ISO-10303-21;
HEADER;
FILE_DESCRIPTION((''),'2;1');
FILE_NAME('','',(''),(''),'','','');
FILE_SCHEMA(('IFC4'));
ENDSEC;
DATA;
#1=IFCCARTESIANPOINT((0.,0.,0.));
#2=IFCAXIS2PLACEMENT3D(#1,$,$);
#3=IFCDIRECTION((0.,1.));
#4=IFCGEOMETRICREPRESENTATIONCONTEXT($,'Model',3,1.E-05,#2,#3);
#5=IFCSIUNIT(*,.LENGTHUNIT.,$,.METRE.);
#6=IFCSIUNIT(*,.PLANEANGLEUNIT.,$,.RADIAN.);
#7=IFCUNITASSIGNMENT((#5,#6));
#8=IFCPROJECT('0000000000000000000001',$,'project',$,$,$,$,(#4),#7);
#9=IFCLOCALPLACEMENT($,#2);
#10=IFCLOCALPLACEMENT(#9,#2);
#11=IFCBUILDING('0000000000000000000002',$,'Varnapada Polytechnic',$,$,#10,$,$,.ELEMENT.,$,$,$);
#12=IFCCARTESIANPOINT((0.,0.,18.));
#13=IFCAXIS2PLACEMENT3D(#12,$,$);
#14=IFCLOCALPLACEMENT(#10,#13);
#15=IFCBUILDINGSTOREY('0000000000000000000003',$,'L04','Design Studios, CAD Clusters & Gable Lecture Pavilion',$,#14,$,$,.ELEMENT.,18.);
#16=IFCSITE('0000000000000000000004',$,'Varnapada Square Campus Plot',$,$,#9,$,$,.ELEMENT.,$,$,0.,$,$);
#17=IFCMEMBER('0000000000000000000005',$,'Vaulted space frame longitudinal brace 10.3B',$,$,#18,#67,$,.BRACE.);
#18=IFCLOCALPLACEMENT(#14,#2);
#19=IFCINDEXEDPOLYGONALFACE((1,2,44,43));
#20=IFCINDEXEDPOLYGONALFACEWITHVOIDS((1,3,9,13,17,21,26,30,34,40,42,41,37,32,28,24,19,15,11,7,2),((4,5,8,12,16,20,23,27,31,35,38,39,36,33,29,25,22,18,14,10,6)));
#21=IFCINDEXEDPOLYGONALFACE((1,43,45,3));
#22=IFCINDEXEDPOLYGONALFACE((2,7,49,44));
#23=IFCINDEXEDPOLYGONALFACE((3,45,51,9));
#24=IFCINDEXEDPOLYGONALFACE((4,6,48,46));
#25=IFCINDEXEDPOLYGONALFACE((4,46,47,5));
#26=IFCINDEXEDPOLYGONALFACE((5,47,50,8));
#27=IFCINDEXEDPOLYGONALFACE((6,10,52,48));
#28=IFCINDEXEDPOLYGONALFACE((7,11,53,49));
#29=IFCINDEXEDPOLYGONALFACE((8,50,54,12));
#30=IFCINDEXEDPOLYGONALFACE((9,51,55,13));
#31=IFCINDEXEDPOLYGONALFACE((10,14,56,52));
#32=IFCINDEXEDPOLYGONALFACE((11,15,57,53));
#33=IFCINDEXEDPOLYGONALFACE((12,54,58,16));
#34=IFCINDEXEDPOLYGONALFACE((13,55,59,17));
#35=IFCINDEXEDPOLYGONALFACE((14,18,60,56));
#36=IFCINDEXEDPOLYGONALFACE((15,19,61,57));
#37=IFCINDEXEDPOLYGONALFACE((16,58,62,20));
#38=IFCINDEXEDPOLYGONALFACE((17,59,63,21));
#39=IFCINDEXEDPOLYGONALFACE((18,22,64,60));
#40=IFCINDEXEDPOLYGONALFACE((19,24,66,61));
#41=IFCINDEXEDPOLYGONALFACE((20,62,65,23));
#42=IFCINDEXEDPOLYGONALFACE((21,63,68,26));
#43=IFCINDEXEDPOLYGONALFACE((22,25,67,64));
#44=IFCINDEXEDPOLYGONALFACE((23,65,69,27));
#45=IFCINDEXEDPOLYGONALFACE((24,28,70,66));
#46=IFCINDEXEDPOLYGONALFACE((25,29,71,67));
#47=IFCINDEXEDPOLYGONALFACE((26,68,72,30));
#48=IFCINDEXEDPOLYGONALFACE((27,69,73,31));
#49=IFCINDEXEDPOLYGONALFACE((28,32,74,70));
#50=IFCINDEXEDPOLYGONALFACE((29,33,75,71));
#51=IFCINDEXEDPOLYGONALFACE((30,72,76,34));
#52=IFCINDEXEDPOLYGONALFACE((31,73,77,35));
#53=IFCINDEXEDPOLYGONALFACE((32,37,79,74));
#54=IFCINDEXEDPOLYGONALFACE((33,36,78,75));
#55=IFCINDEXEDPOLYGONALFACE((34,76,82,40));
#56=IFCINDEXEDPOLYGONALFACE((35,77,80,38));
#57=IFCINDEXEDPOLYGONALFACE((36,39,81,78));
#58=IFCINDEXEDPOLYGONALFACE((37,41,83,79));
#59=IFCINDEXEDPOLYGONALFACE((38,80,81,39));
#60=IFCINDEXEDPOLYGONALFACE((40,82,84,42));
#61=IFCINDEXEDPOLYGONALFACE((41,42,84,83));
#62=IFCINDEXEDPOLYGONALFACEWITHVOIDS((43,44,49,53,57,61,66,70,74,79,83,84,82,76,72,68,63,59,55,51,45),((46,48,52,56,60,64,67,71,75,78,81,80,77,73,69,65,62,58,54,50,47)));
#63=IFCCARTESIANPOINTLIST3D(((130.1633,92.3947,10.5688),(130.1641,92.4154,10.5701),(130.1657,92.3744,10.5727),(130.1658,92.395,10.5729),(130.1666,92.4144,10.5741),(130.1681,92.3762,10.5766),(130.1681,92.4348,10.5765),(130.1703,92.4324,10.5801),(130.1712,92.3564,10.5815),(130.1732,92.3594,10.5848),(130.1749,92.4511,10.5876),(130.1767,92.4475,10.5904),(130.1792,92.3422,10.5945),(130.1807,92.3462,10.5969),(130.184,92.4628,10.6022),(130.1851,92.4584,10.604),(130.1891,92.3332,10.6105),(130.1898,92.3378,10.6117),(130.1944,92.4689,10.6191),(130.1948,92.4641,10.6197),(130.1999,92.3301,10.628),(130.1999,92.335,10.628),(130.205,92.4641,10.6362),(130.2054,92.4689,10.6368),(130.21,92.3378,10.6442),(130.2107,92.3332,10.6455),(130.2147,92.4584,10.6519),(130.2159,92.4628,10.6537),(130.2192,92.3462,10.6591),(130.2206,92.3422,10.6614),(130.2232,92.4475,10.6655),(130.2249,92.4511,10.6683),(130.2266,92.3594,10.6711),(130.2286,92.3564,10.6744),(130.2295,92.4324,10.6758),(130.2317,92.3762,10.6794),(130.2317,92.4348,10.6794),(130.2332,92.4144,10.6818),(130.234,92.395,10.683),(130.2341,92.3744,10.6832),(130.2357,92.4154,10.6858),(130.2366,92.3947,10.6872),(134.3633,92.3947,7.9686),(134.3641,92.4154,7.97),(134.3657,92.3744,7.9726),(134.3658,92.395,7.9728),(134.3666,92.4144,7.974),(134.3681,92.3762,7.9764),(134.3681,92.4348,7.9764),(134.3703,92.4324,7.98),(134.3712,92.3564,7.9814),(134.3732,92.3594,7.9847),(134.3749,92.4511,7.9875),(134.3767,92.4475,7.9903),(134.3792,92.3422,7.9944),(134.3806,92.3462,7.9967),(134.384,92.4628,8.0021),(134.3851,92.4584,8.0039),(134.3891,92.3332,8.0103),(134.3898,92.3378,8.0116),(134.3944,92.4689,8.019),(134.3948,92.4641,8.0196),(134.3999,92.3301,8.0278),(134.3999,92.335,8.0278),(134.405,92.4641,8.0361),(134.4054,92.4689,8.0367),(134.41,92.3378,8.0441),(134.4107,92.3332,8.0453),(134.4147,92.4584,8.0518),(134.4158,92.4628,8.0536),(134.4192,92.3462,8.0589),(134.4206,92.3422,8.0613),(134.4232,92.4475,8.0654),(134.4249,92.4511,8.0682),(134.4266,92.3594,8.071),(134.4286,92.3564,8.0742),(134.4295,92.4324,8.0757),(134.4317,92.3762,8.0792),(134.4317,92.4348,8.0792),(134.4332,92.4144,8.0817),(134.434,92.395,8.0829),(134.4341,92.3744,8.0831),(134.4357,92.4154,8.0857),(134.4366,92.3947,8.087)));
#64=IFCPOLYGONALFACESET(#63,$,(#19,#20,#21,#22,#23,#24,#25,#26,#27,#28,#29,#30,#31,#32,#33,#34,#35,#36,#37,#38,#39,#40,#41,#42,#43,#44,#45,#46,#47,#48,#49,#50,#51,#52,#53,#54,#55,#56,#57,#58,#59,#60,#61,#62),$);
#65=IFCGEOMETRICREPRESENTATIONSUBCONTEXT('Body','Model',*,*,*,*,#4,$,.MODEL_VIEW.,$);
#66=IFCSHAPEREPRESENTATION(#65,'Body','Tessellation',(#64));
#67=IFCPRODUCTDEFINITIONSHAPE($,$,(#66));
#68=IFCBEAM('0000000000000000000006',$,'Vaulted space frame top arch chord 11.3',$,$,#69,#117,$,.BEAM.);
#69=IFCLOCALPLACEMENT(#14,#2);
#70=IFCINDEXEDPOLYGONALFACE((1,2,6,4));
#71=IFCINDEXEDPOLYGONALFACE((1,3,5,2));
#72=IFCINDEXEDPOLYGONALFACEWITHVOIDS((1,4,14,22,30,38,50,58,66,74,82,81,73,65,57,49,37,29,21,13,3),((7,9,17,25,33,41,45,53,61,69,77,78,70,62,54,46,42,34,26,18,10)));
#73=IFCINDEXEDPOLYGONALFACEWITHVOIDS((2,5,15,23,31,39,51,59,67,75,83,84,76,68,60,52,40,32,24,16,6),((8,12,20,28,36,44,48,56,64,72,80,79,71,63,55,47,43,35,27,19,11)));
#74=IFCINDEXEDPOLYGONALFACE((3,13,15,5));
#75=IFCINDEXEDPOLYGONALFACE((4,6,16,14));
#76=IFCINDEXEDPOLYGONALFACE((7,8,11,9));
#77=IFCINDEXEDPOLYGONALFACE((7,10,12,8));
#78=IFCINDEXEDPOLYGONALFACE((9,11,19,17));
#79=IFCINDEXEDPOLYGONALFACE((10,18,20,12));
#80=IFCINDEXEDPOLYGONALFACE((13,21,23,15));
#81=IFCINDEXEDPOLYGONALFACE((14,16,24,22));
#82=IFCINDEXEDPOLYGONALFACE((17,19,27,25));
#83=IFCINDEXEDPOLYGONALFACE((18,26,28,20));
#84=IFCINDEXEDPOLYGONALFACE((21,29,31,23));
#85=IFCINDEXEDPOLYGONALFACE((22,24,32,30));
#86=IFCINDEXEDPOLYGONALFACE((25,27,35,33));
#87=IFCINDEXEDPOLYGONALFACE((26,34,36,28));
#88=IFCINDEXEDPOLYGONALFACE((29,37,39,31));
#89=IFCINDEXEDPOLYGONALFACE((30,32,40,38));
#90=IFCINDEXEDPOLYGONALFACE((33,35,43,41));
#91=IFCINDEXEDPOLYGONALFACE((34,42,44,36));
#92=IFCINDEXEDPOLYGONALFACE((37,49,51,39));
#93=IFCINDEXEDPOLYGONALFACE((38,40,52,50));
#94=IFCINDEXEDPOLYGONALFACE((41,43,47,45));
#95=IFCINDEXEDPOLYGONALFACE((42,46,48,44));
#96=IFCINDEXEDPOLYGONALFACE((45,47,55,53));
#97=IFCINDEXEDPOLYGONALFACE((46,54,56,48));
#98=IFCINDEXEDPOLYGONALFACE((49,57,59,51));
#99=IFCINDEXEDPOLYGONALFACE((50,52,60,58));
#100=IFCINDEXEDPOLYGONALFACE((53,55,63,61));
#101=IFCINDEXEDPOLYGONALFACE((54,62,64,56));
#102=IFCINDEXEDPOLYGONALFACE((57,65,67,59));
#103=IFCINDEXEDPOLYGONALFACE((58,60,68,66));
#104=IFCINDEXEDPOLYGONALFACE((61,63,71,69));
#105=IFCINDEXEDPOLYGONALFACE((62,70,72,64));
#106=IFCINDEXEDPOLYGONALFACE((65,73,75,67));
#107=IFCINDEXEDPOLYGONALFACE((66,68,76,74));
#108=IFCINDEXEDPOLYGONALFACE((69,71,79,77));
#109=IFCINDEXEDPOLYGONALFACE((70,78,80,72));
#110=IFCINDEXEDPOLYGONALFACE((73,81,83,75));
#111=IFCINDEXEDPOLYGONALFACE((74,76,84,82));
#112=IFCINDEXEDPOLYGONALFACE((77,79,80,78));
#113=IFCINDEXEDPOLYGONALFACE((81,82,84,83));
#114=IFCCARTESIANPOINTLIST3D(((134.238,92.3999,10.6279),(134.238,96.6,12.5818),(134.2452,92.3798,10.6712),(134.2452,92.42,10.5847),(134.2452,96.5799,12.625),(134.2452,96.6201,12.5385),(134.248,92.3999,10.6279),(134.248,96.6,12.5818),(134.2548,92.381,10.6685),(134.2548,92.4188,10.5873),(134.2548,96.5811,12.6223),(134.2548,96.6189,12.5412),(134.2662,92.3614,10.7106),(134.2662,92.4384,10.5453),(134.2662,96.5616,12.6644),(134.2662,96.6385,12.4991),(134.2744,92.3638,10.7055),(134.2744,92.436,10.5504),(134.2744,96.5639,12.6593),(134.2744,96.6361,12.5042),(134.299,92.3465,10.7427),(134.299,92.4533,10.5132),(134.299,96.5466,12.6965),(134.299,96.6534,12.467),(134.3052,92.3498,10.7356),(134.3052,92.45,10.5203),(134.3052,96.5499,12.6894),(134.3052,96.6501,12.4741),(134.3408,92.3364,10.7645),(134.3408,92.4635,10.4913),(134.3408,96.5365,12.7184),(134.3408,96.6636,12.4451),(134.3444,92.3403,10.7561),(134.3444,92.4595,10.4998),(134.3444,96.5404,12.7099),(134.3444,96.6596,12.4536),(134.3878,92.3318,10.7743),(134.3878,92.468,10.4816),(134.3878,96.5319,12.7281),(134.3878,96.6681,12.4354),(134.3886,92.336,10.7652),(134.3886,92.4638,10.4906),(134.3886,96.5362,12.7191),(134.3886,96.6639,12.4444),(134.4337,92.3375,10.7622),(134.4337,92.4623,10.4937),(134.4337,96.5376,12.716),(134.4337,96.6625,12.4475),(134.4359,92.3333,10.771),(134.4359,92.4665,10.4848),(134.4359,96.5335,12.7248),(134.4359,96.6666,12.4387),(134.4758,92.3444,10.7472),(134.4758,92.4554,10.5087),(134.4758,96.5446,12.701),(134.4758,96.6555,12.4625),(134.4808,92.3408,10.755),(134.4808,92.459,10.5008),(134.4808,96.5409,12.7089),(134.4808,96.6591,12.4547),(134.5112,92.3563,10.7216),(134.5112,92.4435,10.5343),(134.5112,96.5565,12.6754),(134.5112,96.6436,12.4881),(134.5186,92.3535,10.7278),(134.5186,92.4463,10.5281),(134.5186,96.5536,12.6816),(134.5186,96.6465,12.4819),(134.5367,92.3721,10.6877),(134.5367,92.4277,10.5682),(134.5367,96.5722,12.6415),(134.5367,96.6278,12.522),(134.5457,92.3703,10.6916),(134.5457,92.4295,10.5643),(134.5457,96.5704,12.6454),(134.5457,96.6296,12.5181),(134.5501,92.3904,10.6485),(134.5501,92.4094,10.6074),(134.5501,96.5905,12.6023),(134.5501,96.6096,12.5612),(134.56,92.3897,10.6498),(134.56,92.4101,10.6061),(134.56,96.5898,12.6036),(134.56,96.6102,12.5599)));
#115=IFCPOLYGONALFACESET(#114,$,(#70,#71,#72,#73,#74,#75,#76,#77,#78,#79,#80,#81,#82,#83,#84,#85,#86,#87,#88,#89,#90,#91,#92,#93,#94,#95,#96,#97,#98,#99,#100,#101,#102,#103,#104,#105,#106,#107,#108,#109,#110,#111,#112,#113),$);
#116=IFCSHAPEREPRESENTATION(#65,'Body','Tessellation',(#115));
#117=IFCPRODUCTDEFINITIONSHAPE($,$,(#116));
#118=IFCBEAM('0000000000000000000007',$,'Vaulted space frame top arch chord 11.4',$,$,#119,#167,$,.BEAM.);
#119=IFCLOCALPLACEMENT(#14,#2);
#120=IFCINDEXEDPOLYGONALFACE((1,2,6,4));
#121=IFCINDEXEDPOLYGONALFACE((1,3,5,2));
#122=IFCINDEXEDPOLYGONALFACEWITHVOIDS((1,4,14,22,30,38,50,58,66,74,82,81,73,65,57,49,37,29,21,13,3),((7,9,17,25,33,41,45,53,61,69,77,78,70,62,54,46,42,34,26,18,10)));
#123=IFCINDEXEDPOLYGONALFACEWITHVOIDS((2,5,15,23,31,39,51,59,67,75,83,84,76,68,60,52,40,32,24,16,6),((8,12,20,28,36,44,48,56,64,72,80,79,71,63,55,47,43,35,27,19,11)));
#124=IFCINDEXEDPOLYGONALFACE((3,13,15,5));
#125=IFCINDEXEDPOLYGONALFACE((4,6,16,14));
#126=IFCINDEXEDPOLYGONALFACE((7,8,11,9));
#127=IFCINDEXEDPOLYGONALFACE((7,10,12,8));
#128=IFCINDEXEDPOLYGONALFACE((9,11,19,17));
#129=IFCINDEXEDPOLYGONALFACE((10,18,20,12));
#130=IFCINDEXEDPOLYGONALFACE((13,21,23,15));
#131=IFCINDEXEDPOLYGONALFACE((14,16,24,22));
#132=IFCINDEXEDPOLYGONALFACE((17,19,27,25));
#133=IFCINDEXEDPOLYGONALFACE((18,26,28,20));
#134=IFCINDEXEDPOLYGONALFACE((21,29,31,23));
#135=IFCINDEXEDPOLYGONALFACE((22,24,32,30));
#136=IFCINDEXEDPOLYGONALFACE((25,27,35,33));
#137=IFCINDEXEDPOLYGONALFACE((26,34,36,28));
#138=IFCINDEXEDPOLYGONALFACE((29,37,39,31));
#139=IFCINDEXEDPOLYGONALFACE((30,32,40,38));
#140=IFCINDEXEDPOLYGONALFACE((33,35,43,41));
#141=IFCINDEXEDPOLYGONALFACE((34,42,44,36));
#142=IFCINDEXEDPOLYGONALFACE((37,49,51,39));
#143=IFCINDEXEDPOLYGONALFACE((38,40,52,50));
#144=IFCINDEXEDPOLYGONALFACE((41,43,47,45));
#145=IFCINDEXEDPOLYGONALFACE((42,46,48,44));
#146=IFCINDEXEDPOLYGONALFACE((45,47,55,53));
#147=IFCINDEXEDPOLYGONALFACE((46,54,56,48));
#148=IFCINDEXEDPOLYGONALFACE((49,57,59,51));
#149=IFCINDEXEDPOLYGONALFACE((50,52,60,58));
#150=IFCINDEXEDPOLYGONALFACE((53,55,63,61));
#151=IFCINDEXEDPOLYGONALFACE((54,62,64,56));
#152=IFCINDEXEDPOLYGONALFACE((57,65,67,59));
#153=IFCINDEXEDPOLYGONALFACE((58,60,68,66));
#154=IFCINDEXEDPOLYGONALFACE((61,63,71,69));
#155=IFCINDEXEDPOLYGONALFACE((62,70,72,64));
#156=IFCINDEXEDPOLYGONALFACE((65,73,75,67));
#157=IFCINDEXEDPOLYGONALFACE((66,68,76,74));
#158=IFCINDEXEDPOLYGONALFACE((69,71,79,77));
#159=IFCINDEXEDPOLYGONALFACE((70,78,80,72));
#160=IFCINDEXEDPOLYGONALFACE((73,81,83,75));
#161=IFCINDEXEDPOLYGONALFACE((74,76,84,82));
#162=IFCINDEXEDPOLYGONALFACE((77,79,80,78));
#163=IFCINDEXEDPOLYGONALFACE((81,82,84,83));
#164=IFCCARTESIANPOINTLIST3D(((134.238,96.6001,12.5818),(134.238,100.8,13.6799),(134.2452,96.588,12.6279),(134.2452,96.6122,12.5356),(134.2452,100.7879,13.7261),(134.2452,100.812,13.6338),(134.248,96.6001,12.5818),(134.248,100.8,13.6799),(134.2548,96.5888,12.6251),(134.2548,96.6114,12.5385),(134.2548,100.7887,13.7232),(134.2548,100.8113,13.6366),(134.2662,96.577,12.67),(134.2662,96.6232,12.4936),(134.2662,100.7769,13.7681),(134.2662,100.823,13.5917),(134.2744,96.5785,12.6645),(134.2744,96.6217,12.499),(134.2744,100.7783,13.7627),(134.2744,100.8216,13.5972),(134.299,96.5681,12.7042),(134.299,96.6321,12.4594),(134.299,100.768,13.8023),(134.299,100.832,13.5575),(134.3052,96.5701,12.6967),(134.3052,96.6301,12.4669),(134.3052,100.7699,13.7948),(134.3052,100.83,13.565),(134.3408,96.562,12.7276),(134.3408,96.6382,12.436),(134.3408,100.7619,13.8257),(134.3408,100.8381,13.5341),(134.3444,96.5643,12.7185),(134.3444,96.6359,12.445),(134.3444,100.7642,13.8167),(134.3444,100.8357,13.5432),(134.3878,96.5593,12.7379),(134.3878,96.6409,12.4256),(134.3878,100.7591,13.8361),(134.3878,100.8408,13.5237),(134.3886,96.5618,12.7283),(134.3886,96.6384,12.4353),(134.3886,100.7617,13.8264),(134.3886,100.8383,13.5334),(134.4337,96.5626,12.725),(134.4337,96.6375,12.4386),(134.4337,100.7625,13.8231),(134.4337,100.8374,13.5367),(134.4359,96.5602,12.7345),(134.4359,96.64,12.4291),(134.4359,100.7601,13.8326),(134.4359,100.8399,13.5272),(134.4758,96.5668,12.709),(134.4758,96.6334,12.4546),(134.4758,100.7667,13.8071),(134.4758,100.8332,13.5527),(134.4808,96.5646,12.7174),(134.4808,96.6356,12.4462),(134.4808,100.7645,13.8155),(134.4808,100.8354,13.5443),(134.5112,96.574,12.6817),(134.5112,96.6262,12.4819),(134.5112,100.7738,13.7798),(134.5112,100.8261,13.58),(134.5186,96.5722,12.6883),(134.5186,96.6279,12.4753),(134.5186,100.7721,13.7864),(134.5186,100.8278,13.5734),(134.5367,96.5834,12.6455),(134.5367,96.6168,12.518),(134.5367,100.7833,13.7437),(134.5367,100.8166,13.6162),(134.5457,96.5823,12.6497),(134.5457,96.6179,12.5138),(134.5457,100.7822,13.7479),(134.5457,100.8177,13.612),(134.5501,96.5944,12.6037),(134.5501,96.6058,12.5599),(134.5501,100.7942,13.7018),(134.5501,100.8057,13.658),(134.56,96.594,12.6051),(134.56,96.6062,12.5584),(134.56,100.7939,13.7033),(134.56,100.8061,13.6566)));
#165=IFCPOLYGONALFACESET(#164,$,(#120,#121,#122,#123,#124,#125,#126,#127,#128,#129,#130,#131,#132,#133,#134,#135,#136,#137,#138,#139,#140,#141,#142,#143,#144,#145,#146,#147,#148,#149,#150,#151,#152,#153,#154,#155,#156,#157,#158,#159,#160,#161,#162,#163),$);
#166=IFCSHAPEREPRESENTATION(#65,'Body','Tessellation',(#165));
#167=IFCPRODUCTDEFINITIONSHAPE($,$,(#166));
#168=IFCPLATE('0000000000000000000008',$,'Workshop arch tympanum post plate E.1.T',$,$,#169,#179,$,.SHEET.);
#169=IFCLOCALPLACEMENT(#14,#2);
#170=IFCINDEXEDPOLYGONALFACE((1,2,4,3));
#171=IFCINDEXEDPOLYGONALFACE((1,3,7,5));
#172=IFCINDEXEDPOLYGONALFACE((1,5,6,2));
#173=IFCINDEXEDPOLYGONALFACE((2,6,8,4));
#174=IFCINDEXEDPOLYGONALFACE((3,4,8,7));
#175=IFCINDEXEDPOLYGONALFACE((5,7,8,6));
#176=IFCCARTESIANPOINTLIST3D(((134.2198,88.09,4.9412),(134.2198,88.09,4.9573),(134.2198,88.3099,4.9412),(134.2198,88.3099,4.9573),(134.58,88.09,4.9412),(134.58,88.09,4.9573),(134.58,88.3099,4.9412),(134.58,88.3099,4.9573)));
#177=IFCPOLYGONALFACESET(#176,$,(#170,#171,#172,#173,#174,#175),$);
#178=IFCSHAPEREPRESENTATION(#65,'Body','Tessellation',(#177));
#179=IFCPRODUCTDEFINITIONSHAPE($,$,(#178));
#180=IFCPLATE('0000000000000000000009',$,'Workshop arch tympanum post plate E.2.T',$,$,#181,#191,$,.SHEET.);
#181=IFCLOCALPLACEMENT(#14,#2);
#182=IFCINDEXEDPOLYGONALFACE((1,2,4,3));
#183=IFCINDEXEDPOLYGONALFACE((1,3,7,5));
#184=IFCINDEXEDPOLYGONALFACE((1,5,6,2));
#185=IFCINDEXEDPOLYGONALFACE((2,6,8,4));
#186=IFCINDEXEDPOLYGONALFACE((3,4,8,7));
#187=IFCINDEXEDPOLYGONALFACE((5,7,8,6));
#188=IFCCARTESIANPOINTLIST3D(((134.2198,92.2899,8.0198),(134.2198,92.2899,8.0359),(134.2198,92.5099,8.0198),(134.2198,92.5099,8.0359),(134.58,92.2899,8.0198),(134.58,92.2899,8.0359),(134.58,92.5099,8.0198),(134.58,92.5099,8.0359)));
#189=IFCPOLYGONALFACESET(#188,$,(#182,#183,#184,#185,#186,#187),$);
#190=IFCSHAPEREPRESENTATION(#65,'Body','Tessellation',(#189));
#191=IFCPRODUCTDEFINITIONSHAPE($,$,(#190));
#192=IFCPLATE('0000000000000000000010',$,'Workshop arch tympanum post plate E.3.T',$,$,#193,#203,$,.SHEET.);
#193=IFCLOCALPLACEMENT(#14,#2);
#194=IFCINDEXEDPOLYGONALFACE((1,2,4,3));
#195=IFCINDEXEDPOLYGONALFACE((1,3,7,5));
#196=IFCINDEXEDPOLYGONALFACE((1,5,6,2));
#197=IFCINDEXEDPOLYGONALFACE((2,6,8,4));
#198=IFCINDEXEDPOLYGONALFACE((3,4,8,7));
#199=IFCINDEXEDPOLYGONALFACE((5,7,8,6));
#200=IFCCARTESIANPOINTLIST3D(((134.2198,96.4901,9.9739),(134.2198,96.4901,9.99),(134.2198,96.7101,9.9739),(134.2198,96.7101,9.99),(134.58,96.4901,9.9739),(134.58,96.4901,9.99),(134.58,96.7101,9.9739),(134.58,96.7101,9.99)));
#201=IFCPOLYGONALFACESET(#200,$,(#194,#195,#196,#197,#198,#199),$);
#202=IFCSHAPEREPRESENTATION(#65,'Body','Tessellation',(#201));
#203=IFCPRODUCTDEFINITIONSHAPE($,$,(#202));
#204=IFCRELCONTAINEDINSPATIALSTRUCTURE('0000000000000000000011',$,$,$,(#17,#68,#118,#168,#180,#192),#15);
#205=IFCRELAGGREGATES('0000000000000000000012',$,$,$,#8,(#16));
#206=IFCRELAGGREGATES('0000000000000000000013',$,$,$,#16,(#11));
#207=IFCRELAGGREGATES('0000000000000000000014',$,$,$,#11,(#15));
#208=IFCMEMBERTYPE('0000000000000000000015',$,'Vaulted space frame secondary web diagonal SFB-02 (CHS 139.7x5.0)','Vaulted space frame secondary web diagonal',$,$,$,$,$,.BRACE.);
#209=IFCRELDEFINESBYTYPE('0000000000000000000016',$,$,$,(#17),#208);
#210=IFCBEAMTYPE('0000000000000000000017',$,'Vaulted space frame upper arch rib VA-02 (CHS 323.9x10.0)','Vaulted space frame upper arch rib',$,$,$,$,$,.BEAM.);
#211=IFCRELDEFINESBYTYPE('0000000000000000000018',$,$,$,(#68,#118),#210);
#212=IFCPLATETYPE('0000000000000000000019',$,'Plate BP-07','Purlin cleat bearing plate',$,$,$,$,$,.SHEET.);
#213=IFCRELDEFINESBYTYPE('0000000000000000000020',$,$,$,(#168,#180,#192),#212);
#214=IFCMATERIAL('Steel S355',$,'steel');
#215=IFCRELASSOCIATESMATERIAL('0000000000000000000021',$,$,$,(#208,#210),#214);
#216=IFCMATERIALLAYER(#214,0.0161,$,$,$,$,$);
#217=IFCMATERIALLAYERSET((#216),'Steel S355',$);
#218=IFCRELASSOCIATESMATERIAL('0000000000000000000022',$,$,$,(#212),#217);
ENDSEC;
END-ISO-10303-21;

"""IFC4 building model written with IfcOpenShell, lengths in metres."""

from ifc_helpers import new_model, si_unit, direction, frame, origin, origin_2d, place, context, subcontext, project, spatial, rectangle, hollow_circle, extrude, material, layer, layer_set, material_profile, profile_set, type_object, element, save


model = new_model("IFC4")

# Units and contexts
model_context = context("Model", 3, precision=1e-05, world=origin(), true_north=direction((0.0, 1.0)))
body_context = subcontext(model_context, "Body", "Model", "MODEL_VIEW")
ifc_project = project(units=[si_unit("LENGTHUNIT", "METRE"), si_unit("PLANEANGLEUNIT", "RADIAN")], contexts=[model_context])

# Site, building, storey
site_placement = place(None, origin())
site = spatial("IfcSite", under=ifc_project, at=site_placement, Name="Varnapada Square Campus Plot", CompositionType="ELEMENT", RefElevation=0.0)
building_placement = place(site_placement, origin())
building = spatial("IfcBuilding", under=site, at=building_placement, Name="Varnapada Polytechnic", CompositionType="ELEMENT")
storey_placement = place(building_placement, frame((0.0, 0.0, 18.0)))
storey = spatial("IfcBuildingStorey", under=building, at=storey_placement, Name="L04", Description="Design Studios, CAD Clusters & Gable Lecture Pavilion", CompositionType="ELEMENT", Elevation=18.0)

# Shared definitions
ifc_material_1 = material(Name="Steel S355", Category="steel")

# Member
ifc_material_profile_1 = material_profile(ifc_material_1, hollow_circle(Radius=0.0698, WallThickness=0.0049, at=origin_2d()), Name="CHS 139.7x5.0")
ifc_profile_set_1 = profile_set([ifc_material_profile_1], Name="Steel S355")
member_type_1 = type_object("IfcMemberType", Name="Vaulted space frame secondary web diagonal SFB-02 (CHS 139.7x5.0)", Description="Vaulted space frame secondary web diagonal", PredefinedType="BRACE", material=ifc_profile_set_1)
member_1_placement = place(storey_placement, frame((134.3999, 92.3999, 8.0278), z_axis=(-0.850254, 0.0, 0.526373), x_axis=(0.0, -1.0, 0.0)))
element("IfcMember", 1, at=member_1_placement, inside=storey, type_object=member_type_1, Name="Vaulted space frame longitudinal brace 10.3B", PredefinedType="BRACE", context=body_context, shape_type="SweptSolid", body=[
    extrude(hollow_circle(Radius=0.0698, WallThickness=0.0049, at=origin_2d()), origin(), (0.0, 0.0, 1.0), 4.9397),
])

# Beams
ifc_material_profile_2 = material_profile(ifc_material_1, hollow_circle(Radius=0.1619, WallThickness=0.01, at=origin_2d()), Name="CHS 323.9x10.0")
ifc_profile_set_2 = profile_set([ifc_material_profile_2], Name="Steel S355")
beam_type_1 = type_object("IfcBeamType", Name="Vaulted space frame upper arch rib VA-02 (CHS 323.9x10.0)", Description="Vaulted space frame upper arch rib", PredefinedType="BEAM", material=ifc_profile_set_2)
beam_1_placement = place(storey_placement, frame((134.3999, 92.3999, 10.6279), z_axis=(0.0, 0.906698, 0.42178), x_axis=(-1.0, 0.0, 0.0)))
element("IfcBeam", 2, at=beam_1_placement, inside=storey, type_object=beam_type_1, Name="Vaulted space frame top arch chord 11.3", PredefinedType="BEAM", context=body_context, shape_type="SweptSolid", body=[
    extrude(hollow_circle(Radius=0.1619, WallThickness=0.01, at=origin_2d()), origin(), (0.0, 0.0, 1.0), 4.6323),
])
beam_2_placement = place(storey_placement, frame((134.3999, 96.6001, 12.5818), z_axis=(0.0, 0.967476, 0.252962), x_axis=(-1.0, 0.0, 0.0)))
element("IfcBeam", 3, at=beam_2_placement, inside=storey, type_object=beam_type_1, Name="Vaulted space frame top arch chord 11.4", PredefinedType="BEAM", context=body_context, shape_type="SweptSolid", body=[
    extrude(hollow_circle(Radius=0.1619, WallThickness=0.01, at=origin_2d()), origin(), (0.0, 0.0, 1.0), 4.3411),
])

# Plates
ifc_layer_1 = layer(ifc_material_1, 0.0161)
ifc_layer_set_1 = layer_set([ifc_layer_1], Name="Steel S355")
plate_type_1 = type_object("IfcPlateType", Name="Plate BP-07", Description="Purlin cleat bearing plate", PredefinedType="SHEET", material=ifc_layer_set_1)
for number, where, z_axis, x_axis, name in (
    (4, (134.3999, 88.2, 4.9412), (0.0, 0.0, 1.0), (1.0, 0.0, 0.0), "Workshop arch tympanum post plate E.1.T"),
    (5, (134.3999, 92.3999, 8.0198), (0.0, 0.0, 1.0), (1.0, 0.0, 0.0), "Workshop arch tympanum post plate E.2.T"),
    (6, (134.3999, 96.6001, 9.9739), (0.0, 0.0, 1.0), (1.0, 0.0, 0.0), "Workshop arch tympanum post plate E.3.T"),
):
    element("IfcPlate", number, at=place(storey_placement, frame(where, z_axis=z_axis, x_axis=x_axis)), inside=storey, type_object=plate_type_1, Name=name, PredefinedType="SHEET", context=body_context, shape_type="SweptSolid", body=[
        extrude(rectangle(XDim=0.3601, YDim=0.22, at=origin_2d()), origin(), (0.0, 0.0, 1.0), 0.0161),
    ])

save(model, "model.ifc")
